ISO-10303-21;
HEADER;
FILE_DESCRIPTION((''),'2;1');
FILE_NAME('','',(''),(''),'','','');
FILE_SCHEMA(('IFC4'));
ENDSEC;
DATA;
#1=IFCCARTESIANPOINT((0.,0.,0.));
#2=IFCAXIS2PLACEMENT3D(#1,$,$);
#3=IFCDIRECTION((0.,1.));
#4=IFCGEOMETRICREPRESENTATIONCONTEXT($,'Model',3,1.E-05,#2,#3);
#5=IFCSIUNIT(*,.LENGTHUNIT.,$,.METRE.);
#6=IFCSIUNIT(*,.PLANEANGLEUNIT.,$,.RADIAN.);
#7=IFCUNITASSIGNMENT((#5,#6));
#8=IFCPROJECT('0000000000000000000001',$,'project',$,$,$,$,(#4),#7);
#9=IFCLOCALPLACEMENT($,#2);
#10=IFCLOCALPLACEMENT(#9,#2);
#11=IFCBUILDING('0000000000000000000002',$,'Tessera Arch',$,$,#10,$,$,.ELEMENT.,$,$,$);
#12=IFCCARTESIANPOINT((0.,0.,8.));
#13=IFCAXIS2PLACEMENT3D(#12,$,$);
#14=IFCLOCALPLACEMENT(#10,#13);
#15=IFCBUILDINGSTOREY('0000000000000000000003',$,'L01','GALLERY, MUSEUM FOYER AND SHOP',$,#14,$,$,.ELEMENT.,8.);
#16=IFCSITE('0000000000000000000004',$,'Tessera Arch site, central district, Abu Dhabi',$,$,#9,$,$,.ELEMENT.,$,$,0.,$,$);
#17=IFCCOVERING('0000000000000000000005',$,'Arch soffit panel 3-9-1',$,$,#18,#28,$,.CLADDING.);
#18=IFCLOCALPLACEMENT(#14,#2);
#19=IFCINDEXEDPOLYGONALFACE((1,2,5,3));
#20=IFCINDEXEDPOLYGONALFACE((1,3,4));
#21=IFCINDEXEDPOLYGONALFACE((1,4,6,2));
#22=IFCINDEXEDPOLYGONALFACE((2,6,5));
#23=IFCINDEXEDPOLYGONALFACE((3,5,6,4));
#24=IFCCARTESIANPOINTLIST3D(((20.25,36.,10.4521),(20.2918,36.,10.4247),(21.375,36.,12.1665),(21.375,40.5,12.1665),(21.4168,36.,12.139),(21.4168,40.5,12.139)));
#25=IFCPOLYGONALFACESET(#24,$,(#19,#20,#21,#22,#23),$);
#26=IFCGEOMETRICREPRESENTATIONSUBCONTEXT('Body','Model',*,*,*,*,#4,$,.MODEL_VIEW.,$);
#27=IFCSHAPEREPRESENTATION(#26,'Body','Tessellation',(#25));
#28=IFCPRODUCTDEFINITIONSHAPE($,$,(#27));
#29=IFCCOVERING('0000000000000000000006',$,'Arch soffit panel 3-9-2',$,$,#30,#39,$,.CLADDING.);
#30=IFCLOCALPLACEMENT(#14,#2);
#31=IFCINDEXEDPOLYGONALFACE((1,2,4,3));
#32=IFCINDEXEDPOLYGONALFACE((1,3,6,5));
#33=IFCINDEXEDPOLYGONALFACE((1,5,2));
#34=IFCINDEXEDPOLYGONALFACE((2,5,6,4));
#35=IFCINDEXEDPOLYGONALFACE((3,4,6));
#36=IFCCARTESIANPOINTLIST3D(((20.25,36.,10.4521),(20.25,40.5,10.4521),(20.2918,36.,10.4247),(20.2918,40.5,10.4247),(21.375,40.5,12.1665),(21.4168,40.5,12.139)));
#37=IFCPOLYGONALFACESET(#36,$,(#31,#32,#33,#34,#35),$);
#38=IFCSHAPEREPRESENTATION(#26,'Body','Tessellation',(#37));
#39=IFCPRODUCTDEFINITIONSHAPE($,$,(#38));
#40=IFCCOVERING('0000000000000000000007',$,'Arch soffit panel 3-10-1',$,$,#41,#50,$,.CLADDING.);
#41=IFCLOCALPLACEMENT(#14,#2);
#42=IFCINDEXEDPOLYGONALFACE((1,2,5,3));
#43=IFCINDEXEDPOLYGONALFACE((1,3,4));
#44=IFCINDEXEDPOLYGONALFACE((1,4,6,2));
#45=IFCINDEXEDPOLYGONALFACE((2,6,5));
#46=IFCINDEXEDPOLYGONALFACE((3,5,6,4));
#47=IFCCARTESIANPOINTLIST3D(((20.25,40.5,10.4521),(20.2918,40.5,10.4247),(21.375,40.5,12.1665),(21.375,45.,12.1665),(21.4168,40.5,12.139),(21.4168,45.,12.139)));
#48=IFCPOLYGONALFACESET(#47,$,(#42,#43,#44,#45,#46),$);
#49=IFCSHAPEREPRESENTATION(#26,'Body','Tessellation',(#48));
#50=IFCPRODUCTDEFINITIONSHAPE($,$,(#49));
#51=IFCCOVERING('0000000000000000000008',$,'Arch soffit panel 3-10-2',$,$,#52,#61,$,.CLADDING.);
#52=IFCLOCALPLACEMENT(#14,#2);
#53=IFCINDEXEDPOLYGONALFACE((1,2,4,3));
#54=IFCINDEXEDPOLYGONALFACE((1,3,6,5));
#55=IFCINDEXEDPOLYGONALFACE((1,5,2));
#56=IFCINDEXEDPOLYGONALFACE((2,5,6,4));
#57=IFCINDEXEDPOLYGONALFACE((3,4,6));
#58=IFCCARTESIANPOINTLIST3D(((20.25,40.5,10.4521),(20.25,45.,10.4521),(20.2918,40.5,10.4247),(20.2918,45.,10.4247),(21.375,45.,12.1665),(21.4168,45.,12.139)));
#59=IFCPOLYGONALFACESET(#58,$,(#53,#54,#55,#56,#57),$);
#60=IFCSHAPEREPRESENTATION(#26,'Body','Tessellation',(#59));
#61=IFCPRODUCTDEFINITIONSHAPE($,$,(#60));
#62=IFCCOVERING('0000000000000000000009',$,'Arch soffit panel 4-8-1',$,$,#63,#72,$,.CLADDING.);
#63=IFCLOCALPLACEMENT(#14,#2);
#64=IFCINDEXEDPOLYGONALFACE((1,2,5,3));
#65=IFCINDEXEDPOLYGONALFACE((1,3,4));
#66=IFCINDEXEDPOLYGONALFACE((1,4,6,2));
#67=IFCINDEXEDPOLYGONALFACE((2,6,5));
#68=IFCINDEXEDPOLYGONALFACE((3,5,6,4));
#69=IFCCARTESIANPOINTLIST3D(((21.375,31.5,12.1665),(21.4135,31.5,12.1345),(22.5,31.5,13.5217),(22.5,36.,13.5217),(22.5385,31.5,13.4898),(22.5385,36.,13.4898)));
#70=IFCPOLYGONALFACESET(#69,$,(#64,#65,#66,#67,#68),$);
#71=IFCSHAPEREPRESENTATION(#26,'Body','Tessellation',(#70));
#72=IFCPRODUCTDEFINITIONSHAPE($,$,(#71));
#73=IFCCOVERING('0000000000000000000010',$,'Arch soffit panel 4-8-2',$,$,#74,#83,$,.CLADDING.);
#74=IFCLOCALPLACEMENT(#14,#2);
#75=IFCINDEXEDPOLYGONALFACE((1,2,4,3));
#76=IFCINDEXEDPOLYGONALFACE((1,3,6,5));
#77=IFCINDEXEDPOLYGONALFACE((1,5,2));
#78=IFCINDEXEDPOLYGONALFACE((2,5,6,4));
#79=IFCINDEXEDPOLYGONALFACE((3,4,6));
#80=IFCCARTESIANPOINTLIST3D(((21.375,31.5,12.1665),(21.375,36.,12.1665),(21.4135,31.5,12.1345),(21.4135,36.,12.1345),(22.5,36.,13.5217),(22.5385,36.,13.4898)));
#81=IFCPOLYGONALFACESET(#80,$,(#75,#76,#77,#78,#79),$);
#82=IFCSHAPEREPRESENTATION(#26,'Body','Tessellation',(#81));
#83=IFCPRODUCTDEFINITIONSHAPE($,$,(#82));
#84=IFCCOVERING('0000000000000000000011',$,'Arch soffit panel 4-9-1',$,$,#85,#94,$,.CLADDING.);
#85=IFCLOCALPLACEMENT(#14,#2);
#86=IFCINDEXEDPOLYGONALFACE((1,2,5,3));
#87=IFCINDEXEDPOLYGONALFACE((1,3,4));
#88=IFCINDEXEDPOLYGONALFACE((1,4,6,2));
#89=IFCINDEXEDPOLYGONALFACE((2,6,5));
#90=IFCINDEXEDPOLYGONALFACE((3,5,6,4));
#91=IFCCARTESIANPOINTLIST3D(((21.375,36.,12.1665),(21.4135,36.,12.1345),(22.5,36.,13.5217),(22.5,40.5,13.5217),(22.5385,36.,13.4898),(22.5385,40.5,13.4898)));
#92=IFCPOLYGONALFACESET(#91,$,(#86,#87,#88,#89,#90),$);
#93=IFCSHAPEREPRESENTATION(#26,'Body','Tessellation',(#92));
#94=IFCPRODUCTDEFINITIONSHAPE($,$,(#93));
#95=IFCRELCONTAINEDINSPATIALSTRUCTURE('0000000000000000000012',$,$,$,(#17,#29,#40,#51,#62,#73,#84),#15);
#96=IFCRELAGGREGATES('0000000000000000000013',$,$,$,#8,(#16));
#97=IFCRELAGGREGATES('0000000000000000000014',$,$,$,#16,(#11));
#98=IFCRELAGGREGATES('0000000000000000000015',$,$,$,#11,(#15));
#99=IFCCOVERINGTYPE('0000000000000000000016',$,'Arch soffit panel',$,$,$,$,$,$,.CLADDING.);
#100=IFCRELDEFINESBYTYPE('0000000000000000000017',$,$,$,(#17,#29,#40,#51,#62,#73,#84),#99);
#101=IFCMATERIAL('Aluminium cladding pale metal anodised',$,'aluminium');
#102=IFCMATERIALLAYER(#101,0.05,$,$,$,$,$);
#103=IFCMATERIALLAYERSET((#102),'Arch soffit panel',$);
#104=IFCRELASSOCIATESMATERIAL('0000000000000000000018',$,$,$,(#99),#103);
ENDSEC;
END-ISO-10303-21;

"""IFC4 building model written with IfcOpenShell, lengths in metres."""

from ifc_helpers import new_model, si_unit, direction, frame, origin, place, context, subcontext, project, spatial, polyline, outline, extrude, material, layer, layer_set, type_object, element, save


model = new_model("IFC4")

# Units and contexts
model_context = context("Model", 3, precision=1e-05, world=origin(), true_north=direction((0.0, 1.0)))
body_context = subcontext(model_context, "Body", "Model", "MODEL_VIEW")
ifc_project = project(units=[si_unit("LENGTHUNIT", "METRE"), si_unit("PLANEANGLEUNIT", "RADIAN")], contexts=[model_context])

# Site, building, storey
site_placement = place(None, origin())
site = spatial("IfcSite", under=ifc_project, at=site_placement, Name="Tessera Arch site, central district, Abu Dhabi", CompositionType="ELEMENT", RefElevation=0.0)
building_placement = place(site_placement, origin())
building = spatial("IfcBuilding", under=site, at=building_placement, Name="Tessera Arch", CompositionType="ELEMENT")
storey_placement = place(building_placement, frame((0.0, 0.0, 8.0)))
storey = spatial("IfcBuildingStorey", under=building, at=storey_placement, Name="L01", Description="GALLERY, MUSEUM FOYER AND SHOP", CompositionType="ELEMENT", Elevation=8.0)

# Coverings
ifc_material_1 = material(Name="Aluminium cladding pale metal anodised", Category="aluminium")
ifc_layer_1 = layer(ifc_material_1, 0.05)
ifc_layer_set_1 = layer_set([ifc_layer_1], Name="Arch soffit panel")
covering_type = type_object("IfcCoveringType", Name="Arch soffit panel", PredefinedType="CLADDING", material=ifc_layer_set_1)
covering_1_placement = place(storey_placement, frame((20.25, 36.0, 10.4521), z_axis=(-0.836058, 0.0, 0.548641), x_axis=(0.548641, 0.0, 0.836058)))
element("IfcCovering", 1, at=covering_1_placement, inside=storey, type_object=covering_type, Name="Arch soffit panel 3-9-1", PredefinedType="CLADDING", context=body_context, shape_type="SweptSolid", body=[
    extrude(outline(polyline([(0.0, 0.0), (2.0505, 0.0), (2.0505, 4.5), (0.0, 0.0)])), origin(), (0.0, 0.0, -1.0), 0.05),
])
covering_2_placement = place(storey_placement, frame((20.25, 36.0, 10.4521), z_axis=(-0.836058, 0.0, 0.548641), x_axis=(0.227495, 0.90998, 0.346673)))
element("IfcCovering", 2, at=covering_2_placement, inside=storey, type_object=covering_type, Name="Arch soffit panel 3-9-2", PredefinedType="CLADDING", context=body_context, shape_type="SweptSolid", body=[
    extrude(outline(polyline([(0.0, 0.0), (4.9452, 0.0), (4.0949, 1.8659), (0.0, 0.0)])), origin(), (0.0, 0.0, -1.0), 0.05),
])
covering_3_placement = place(storey_placement, frame((20.25, 40.5, 10.4521), z_axis=(-0.836058, 0.0, 0.548641), x_axis=(0.548641, 0.0, 0.836058)))
element("IfcCovering", 3, at=covering_3_placement, inside=storey, type_object=covering_type, Name="Arch soffit panel 3-10-1", PredefinedType="CLADDING", context=body_context, shape_type="SweptSolid", body=[
    extrude(outline(polyline([(0.0, 0.0), (2.0505, 0.0), (2.0505, 4.5), (0.0, 0.0)])), origin(), (0.0, 0.0, -1.0), 0.05),
])
covering_4_placement = place(storey_placement, frame((20.25, 40.5, 10.4521), z_axis=(-0.836058, 0.0, 0.548641), x_axis=(0.227495, 0.90998, 0.346673)))
element("IfcCovering", 4, at=covering_4_placement, inside=storey, type_object=covering_type, Name="Arch soffit panel 3-10-2", PredefinedType="CLADDING", context=body_context, shape_type="SweptSolid", body=[
    extrude(outline(polyline([(0.0, 0.0), (4.9452, 0.0), (4.0949, 1.8659), (0.0, 0.0)])), origin(), (0.0, 0.0, -1.0), 0.05),
])
covering_5_placement = place(storey_placement, frame((21.375, 31.5, 12.1665), z_axis=(-0.769436, 0.0, 0.638724), x_axis=(0.638724, 0.0, 0.769436)))
element("IfcCovering", 5, at=covering_5_placement, inside=storey, type_object=covering_type, Name="Arch soffit panel 4-8-1", PredefinedType="CLADDING", context=body_context, shape_type="SweptSolid", body=[
    extrude(outline(polyline([(0.0, 0.0), (1.7613, 0.0), (1.7613, 4.5), (0.0, 0.0)])), origin(), (0.0, 0.0, -1.0), 0.05),
])
covering_6_placement = place(storey_placement, frame((21.375, 31.5, 12.1665), z_axis=(-0.769436, 0.0, 0.638724), x_axis=(0.232803, 0.931211, 0.280444)))
element("IfcCovering", 6, at=covering_6_placement, inside=storey, type_object=covering_type, Name="Arch soffit panel 4-8-2", PredefinedType="CLADDING", context=body_context, shape_type="SweptSolid", body=[
    extrude(outline(polyline([(0.0, 0.0), (4.8324, 0.0), (4.1904, 1.6402), (0.0, 0.0)])), origin(), (0.0, 0.0, -1.0), 0.05),
])
covering_7_placement = place(storey_placement, frame((21.375, 36.0, 12.1665), z_axis=(-0.769436, 0.0, 0.638724), x_axis=(0.638724, 0.0, 0.769436)))
element("IfcCovering", 7, at=covering_7_placement, inside=storey, type_object=covering_type, Name="Arch soffit panel 4-9-1", PredefinedType="CLADDING", context=body_context, shape_type="SweptSolid", body=[
    extrude(outline(polyline([(0.0, 0.0), (1.7613, 0.0), (1.7613, 4.5), (0.0, 0.0)])), origin(), (0.0, 0.0, -1.0), 0.05),
])

save(model, "model.ifc")
